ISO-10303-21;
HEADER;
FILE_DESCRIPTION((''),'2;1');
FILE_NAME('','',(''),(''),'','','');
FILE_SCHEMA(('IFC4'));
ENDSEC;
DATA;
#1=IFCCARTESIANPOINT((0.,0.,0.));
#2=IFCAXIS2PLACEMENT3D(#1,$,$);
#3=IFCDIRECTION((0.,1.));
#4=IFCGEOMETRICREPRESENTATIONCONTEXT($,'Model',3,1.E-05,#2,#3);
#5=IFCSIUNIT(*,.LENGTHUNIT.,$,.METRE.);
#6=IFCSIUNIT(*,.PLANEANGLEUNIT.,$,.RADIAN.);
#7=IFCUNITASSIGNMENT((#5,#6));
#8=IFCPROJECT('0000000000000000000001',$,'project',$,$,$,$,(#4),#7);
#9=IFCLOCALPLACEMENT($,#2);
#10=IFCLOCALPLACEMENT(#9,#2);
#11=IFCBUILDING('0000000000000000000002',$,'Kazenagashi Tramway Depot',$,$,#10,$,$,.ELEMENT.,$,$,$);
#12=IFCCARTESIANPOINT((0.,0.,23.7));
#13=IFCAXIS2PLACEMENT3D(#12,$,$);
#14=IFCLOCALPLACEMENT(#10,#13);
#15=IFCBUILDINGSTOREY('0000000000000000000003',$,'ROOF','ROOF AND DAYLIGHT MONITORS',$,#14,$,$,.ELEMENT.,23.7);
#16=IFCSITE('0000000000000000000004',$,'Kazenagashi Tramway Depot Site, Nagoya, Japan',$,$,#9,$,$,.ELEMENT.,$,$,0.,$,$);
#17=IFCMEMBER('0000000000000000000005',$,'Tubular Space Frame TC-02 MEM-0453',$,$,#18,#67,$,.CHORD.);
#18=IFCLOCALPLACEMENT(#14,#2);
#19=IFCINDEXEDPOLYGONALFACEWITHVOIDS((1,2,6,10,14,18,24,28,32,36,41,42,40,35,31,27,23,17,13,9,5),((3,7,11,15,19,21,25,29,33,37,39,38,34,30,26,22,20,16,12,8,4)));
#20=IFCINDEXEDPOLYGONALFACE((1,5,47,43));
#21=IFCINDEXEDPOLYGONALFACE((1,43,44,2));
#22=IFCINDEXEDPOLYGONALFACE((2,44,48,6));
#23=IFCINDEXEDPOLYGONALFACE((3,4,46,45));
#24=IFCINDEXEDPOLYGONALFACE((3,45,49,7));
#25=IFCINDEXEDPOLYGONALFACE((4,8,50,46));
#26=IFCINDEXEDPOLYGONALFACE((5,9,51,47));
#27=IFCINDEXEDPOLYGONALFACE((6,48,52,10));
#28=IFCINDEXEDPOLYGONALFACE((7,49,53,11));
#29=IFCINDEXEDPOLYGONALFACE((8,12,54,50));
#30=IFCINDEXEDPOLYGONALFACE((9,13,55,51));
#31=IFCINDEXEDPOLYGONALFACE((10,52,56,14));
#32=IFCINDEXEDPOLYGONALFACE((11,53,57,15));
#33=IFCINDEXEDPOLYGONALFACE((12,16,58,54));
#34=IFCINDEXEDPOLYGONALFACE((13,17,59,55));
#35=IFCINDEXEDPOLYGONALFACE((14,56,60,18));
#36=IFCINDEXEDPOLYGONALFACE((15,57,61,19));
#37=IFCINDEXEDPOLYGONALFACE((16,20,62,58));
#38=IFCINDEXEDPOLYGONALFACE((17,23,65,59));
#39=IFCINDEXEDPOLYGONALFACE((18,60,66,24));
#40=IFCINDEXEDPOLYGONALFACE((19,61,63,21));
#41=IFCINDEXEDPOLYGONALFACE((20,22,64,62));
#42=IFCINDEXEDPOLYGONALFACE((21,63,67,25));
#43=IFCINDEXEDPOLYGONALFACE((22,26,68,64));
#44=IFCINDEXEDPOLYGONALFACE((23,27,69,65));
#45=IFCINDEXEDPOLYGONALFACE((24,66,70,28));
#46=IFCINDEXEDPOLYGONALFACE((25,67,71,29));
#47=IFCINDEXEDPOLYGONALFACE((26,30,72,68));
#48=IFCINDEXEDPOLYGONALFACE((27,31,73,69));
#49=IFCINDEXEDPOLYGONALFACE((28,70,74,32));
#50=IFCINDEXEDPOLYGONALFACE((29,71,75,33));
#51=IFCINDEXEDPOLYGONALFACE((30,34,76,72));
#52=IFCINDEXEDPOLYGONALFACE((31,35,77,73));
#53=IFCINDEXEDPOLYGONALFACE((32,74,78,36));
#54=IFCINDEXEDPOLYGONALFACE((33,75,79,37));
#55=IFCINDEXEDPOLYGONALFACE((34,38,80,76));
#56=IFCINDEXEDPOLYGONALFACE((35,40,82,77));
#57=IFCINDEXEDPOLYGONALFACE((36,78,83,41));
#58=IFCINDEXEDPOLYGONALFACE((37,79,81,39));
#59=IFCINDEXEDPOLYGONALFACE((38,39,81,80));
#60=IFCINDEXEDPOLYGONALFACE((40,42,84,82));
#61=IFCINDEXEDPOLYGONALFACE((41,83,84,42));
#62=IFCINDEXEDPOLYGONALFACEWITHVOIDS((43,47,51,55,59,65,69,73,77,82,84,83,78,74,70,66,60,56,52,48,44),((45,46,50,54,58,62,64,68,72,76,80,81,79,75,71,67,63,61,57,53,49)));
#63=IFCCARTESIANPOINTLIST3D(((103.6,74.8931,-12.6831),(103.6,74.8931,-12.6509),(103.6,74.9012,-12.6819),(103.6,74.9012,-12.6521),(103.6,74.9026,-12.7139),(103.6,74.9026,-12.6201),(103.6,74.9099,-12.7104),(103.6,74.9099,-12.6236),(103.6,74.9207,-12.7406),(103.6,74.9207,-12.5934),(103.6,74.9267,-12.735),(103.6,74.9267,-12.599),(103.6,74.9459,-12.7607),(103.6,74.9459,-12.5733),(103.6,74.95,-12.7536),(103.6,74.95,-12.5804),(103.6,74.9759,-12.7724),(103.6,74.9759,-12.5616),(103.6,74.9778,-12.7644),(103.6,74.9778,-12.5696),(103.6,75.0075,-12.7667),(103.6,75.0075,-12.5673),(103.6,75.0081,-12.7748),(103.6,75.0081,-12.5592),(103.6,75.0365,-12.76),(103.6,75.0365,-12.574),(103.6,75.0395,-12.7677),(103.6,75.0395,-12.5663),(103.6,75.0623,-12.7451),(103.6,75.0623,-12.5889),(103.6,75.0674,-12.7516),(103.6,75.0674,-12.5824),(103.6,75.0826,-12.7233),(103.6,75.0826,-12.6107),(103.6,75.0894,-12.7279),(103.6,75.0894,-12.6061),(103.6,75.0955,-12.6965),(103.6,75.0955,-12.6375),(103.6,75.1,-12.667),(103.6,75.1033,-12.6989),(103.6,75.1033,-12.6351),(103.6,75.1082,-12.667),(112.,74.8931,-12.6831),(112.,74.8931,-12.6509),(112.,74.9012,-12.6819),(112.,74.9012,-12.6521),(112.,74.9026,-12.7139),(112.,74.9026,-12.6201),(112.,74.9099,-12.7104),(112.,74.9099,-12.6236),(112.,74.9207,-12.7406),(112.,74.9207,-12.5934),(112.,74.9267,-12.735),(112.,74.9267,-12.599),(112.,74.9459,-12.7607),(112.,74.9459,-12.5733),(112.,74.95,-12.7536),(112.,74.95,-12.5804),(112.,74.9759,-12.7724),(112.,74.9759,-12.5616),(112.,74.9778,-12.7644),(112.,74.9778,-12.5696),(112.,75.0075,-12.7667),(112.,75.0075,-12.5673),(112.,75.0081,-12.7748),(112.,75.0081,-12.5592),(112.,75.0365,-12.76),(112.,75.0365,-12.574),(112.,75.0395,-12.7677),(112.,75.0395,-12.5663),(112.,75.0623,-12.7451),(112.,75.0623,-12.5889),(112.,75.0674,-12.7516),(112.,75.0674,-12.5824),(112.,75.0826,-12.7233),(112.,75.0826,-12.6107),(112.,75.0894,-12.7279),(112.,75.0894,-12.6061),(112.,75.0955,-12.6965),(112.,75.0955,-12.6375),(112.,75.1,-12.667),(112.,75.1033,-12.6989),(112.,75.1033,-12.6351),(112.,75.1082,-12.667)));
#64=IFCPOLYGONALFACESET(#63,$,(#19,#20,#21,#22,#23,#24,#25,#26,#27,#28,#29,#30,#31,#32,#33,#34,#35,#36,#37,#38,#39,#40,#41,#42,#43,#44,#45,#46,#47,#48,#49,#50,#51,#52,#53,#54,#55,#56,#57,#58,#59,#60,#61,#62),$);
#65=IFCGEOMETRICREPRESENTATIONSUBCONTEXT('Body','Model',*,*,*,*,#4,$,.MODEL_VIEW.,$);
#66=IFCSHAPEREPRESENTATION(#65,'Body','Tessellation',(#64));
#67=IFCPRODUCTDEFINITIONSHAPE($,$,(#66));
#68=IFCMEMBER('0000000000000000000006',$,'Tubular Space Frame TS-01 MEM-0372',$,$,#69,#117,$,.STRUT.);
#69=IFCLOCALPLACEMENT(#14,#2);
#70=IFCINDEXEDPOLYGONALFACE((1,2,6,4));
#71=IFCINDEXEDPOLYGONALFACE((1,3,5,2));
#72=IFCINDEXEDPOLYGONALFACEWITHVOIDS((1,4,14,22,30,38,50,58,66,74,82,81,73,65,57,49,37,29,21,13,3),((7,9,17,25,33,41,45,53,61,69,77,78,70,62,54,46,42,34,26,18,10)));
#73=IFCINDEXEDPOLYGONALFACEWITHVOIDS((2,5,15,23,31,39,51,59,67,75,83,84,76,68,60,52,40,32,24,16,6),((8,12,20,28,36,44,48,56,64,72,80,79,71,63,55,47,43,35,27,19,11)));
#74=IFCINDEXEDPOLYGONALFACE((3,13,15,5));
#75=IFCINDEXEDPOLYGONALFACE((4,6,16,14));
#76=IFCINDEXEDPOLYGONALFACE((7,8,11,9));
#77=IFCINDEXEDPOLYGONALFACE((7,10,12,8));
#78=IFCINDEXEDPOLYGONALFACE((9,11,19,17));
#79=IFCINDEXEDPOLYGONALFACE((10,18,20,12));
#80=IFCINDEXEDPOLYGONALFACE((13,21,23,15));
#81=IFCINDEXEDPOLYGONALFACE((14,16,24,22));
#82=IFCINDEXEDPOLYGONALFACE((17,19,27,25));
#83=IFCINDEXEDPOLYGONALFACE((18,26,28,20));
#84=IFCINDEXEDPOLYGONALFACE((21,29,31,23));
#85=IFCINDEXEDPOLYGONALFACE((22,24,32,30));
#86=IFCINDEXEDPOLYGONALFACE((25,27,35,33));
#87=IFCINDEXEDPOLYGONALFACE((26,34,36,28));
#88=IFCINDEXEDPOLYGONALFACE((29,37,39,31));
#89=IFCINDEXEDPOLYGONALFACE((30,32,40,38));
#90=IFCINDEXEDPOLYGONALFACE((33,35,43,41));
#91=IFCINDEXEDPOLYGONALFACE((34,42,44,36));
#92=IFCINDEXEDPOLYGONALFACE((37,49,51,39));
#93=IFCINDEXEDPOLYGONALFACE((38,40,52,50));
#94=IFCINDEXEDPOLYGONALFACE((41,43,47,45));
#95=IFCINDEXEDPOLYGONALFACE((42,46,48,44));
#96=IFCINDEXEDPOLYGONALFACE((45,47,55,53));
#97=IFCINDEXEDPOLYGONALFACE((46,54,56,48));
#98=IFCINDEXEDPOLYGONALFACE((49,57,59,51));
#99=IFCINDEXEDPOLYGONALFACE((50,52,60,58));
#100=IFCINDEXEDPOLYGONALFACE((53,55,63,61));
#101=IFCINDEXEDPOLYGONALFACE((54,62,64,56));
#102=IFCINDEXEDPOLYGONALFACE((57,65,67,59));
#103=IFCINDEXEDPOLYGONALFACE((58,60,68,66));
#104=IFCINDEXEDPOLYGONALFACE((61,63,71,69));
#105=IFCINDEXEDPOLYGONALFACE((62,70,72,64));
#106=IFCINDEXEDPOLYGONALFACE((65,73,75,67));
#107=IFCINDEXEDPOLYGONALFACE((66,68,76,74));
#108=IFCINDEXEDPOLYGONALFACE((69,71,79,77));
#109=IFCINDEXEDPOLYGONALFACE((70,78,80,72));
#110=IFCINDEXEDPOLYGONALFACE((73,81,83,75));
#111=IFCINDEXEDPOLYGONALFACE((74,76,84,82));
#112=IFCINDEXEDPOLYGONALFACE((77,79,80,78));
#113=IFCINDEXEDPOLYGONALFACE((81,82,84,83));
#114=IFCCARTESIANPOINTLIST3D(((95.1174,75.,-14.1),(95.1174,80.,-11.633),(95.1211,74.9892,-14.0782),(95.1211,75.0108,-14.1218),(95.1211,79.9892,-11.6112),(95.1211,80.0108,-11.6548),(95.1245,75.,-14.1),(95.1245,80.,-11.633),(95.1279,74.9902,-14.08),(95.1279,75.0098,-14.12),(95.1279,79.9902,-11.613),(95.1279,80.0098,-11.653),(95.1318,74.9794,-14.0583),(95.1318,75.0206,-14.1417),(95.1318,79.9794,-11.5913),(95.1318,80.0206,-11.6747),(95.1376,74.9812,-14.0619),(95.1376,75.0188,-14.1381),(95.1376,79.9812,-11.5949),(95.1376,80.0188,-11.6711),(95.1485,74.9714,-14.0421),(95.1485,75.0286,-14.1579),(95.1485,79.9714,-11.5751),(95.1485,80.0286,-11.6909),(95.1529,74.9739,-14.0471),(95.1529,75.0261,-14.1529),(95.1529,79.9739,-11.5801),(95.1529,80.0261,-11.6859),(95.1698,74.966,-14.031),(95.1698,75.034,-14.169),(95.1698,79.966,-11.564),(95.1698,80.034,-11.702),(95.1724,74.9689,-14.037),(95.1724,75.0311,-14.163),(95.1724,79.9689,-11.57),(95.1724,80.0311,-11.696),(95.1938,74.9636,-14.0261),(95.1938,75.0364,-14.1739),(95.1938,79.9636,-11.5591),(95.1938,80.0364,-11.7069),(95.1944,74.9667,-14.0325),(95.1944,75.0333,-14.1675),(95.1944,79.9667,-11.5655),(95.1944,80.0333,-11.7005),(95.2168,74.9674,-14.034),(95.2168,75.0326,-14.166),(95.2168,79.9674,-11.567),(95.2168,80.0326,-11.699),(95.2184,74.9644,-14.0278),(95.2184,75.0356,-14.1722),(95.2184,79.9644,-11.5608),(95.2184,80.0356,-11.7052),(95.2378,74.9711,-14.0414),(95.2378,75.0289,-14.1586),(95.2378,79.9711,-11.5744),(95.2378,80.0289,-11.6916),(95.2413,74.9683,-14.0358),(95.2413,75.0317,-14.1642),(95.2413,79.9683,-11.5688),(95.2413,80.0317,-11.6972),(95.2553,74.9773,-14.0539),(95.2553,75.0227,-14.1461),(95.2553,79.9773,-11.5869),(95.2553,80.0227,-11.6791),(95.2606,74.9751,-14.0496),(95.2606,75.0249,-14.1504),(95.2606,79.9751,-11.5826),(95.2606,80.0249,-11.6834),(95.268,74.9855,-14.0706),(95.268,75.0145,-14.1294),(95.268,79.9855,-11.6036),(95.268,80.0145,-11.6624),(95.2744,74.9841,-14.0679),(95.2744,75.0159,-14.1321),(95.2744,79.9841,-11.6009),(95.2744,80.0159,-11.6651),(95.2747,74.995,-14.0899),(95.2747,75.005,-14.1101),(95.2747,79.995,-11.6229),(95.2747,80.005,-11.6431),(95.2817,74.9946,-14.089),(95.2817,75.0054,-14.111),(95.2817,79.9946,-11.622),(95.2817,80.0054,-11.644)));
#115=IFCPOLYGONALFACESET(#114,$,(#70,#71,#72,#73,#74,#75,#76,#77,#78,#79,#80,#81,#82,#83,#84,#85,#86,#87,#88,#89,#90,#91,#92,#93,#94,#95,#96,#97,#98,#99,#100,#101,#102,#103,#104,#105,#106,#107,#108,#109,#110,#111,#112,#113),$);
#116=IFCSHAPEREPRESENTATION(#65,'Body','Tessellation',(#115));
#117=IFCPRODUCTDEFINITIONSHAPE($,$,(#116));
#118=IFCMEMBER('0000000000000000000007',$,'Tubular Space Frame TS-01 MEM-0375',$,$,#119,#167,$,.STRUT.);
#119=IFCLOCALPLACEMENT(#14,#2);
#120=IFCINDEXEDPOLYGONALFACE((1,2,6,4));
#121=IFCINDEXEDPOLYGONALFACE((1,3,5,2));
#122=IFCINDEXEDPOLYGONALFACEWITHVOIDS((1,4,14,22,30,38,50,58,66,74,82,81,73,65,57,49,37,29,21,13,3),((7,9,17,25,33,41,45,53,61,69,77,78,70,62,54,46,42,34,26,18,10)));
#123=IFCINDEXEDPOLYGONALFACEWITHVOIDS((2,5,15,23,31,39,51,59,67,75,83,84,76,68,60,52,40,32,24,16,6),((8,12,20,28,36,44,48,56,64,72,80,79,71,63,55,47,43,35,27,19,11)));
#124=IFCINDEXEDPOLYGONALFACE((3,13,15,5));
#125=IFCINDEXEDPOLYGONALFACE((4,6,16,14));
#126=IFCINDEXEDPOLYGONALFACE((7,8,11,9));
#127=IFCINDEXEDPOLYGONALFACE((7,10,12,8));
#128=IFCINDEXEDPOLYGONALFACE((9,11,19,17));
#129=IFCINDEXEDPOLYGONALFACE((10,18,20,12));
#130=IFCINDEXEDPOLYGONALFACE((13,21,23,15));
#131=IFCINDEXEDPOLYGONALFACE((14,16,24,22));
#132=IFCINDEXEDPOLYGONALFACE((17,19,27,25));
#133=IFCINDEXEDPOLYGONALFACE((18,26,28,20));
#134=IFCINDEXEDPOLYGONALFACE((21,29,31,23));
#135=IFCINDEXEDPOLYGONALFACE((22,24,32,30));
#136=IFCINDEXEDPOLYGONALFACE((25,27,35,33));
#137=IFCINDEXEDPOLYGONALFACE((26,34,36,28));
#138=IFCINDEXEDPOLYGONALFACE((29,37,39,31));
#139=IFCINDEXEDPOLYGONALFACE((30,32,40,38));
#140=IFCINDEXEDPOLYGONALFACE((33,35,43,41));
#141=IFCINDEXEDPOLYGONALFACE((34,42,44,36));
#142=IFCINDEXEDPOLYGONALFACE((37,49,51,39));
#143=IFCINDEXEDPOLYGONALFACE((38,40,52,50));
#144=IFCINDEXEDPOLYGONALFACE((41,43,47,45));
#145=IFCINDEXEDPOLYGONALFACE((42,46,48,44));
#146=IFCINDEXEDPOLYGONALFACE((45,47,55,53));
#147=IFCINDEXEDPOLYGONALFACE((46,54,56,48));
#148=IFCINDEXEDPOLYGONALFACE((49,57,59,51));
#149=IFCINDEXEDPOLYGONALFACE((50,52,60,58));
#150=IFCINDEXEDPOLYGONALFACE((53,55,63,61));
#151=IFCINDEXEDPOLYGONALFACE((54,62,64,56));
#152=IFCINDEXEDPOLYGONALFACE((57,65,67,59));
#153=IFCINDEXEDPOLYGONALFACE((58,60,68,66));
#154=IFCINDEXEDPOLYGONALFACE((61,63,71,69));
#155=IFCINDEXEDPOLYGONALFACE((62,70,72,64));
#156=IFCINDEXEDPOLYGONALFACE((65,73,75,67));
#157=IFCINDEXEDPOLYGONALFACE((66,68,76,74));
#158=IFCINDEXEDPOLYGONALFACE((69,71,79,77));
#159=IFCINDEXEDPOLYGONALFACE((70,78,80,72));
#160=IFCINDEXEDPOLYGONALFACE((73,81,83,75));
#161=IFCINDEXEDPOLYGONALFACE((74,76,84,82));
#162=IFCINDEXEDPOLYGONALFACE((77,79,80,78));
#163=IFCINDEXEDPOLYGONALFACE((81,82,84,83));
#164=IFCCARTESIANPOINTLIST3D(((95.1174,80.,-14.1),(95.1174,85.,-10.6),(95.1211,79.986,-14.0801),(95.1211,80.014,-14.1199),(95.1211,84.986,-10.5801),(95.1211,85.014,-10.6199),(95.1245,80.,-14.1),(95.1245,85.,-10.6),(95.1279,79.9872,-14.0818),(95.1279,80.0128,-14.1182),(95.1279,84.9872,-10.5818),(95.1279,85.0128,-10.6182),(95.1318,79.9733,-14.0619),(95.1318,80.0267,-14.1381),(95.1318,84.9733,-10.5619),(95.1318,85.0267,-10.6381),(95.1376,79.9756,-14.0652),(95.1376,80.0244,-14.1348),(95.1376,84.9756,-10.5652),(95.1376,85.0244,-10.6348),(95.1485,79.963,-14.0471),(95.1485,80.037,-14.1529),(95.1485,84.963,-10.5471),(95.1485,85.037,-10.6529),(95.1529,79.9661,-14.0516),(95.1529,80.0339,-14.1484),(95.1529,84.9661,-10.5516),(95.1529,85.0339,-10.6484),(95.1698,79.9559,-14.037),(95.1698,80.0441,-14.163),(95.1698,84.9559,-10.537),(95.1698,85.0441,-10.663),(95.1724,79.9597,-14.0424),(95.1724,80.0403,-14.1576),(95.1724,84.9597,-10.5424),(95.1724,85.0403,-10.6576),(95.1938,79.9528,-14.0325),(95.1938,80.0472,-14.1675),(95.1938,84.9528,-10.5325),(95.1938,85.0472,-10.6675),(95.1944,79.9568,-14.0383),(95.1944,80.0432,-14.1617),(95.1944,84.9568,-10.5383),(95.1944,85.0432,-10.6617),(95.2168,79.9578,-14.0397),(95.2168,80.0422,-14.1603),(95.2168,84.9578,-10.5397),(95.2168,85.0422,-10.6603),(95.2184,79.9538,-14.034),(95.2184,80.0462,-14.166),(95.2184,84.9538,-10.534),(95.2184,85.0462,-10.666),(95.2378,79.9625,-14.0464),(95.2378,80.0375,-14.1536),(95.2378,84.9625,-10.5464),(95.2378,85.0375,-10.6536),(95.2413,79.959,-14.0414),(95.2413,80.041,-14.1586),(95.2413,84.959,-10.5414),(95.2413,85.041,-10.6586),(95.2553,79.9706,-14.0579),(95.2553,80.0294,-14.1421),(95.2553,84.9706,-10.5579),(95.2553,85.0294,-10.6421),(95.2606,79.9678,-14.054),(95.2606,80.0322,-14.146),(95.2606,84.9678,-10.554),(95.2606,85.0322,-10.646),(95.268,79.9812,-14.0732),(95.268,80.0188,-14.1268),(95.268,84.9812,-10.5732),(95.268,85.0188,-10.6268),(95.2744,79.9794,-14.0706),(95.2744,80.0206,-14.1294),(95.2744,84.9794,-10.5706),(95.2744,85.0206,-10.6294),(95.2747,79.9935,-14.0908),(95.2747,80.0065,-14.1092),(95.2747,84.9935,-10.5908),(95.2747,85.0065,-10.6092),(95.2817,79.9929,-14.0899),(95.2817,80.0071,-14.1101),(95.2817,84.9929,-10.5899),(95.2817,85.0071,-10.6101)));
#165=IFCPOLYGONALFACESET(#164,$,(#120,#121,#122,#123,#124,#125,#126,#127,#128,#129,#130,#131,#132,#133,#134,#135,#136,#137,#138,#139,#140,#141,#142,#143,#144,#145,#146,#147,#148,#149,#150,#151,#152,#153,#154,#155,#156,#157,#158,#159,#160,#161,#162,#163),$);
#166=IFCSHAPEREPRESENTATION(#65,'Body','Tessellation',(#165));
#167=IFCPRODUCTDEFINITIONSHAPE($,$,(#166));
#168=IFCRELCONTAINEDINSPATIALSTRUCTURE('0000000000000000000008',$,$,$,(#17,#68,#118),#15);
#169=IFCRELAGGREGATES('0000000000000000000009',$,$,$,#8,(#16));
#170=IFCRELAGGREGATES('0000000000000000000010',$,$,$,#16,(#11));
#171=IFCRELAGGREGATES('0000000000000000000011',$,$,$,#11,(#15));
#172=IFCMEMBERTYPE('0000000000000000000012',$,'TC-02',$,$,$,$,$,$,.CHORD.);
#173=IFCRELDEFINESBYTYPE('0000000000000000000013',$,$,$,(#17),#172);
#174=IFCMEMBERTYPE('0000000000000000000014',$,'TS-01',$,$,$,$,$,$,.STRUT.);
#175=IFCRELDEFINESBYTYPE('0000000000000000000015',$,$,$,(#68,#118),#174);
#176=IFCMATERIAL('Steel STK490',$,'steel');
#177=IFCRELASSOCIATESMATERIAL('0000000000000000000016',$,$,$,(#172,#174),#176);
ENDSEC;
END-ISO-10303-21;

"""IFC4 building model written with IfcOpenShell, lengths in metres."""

from ifc_helpers import new_model, si_unit, direction, frame, origin, origin_2d, place, context, subcontext, project, spatial, hollow_circle, extrude, material, material_profile, profile_set, type_object, element, save


model = new_model("IFC4")

# Units and contexts
model_context = context("Model", 3, precision=1e-05, world=origin(), true_north=direction((0.0, 1.0)))
body_context = subcontext(model_context, "Body", "Model", "MODEL_VIEW")
ifc_project = project(units=[si_unit("LENGTHUNIT", "METRE"), si_unit("PLANEANGLEUNIT", "RADIAN")], contexts=[model_context])

# Site, building, storey
site_placement = place(None, origin())
site = spatial("IfcSite", under=ifc_project, at=site_placement, Name="Kazenagashi Tramway Depot Site, Nagoya, Japan", CompositionType="ELEMENT", RefElevation=0.0)
building_placement = place(site_placement, origin())
building = spatial("IfcBuilding", under=site, at=building_placement, Name="Kazenagashi Tramway Depot", CompositionType="ELEMENT")
storey_placement = place(building_placement, frame((0.0, 0.0, 23.7)))
storey = spatial("IfcBuildingStorey", under=building, at=storey_placement, Name="ROOF", Description="ROOF AND DAYLIGHT MONITORS", CompositionType="ELEMENT", Elevation=23.7)

# Members
ifc_material_1 = material(Name="Steel STK490", Category="steel")
ifc_material_profile_1 = material_profile(ifc_material_1, hollow_circle(Radius=0.1081, WallThickness=0.0082, at=origin_2d()), Name="CHS-216.3x8.2")
ifc_profile_set_1 = profile_set([ifc_material_profile_1], Name="Steel STK490")
member_type_1 = type_object("IfcMemberType", Name="TC-02", PredefinedType="CHORD", material=ifc_profile_set_1)
member_1_placement = place(storey_placement, frame((103.6, 75.0, -12.667), z_axis=(1.0, 0.0, 0.0), x_axis=(0.0, 1.0, 0.0)))
element("IfcMember", 1, at=member_1_placement, inside=storey, type_object=member_type_1, Name="Tubular Space Frame TC-02 MEM-0453", PredefinedType="CHORD", context=body_context, shape_type="SweptSolid", body=[
    extrude(hollow_circle(Radius=0.1081, WallThickness=0.0082, at=origin_2d()), origin(), (0.0, 0.0, 1.0), 8.4),
])
ifc_material_profile_2 = material_profile(ifc_material_1, hollow_circle(Radius=0.0826, WallThickness=0.0071, at=origin_2d()), Name="CHS-165.2x7.1")
ifc_profile_set_2 = profile_set([ifc_material_profile_2], Name="Steel STK490")
member_type_2 = type_object("IfcMemberType", Name="TS-01", PredefinedType="STRUT", material=ifc_profile_set_2)
member_2_placement = place(storey_placement, frame((95.2, 75.0, -14.1), z_axis=(0.0, 0.896782, 0.442472), x_axis=(-1.0, 0.0, 0.0)))
element("IfcMember", 2, at=member_2_placement, inside=storey, type_object=member_type_2, Name="Tubular Space Frame TS-01 MEM-0372", PredefinedType="STRUT", context=body_context, shape_type="SweptSolid", body=[
    extrude(hollow_circle(Radius=0.0826, WallThickness=0.0071, at=origin_2d()), origin(), (0.0, 0.0, 1.0), 5.5755),
])
for number, where, z_axis, x_axis, name in (
    (3, (95.2, 80.0, -14.1), (0.0, 0.819232, 0.573462), (-1.0, 0.0, 0.0), "Tubular Space Frame TS-01 MEM-0375"),
):
    element("IfcMember", number, at=place(storey_placement, frame(where, z_axis=z_axis, x_axis=x_axis)), inside=storey, type_object=member_type_2, Name=name, PredefinedType="STRUT", context=body_context, shape_type="SweptSolid", body=[
        extrude(hollow_circle(Radius=0.0826, WallThickness=0.0071, at=origin_2d()), origin(), (0.0, 0.0, 1.0), 6.1033),
    ])

save(model, "model.ifc")
